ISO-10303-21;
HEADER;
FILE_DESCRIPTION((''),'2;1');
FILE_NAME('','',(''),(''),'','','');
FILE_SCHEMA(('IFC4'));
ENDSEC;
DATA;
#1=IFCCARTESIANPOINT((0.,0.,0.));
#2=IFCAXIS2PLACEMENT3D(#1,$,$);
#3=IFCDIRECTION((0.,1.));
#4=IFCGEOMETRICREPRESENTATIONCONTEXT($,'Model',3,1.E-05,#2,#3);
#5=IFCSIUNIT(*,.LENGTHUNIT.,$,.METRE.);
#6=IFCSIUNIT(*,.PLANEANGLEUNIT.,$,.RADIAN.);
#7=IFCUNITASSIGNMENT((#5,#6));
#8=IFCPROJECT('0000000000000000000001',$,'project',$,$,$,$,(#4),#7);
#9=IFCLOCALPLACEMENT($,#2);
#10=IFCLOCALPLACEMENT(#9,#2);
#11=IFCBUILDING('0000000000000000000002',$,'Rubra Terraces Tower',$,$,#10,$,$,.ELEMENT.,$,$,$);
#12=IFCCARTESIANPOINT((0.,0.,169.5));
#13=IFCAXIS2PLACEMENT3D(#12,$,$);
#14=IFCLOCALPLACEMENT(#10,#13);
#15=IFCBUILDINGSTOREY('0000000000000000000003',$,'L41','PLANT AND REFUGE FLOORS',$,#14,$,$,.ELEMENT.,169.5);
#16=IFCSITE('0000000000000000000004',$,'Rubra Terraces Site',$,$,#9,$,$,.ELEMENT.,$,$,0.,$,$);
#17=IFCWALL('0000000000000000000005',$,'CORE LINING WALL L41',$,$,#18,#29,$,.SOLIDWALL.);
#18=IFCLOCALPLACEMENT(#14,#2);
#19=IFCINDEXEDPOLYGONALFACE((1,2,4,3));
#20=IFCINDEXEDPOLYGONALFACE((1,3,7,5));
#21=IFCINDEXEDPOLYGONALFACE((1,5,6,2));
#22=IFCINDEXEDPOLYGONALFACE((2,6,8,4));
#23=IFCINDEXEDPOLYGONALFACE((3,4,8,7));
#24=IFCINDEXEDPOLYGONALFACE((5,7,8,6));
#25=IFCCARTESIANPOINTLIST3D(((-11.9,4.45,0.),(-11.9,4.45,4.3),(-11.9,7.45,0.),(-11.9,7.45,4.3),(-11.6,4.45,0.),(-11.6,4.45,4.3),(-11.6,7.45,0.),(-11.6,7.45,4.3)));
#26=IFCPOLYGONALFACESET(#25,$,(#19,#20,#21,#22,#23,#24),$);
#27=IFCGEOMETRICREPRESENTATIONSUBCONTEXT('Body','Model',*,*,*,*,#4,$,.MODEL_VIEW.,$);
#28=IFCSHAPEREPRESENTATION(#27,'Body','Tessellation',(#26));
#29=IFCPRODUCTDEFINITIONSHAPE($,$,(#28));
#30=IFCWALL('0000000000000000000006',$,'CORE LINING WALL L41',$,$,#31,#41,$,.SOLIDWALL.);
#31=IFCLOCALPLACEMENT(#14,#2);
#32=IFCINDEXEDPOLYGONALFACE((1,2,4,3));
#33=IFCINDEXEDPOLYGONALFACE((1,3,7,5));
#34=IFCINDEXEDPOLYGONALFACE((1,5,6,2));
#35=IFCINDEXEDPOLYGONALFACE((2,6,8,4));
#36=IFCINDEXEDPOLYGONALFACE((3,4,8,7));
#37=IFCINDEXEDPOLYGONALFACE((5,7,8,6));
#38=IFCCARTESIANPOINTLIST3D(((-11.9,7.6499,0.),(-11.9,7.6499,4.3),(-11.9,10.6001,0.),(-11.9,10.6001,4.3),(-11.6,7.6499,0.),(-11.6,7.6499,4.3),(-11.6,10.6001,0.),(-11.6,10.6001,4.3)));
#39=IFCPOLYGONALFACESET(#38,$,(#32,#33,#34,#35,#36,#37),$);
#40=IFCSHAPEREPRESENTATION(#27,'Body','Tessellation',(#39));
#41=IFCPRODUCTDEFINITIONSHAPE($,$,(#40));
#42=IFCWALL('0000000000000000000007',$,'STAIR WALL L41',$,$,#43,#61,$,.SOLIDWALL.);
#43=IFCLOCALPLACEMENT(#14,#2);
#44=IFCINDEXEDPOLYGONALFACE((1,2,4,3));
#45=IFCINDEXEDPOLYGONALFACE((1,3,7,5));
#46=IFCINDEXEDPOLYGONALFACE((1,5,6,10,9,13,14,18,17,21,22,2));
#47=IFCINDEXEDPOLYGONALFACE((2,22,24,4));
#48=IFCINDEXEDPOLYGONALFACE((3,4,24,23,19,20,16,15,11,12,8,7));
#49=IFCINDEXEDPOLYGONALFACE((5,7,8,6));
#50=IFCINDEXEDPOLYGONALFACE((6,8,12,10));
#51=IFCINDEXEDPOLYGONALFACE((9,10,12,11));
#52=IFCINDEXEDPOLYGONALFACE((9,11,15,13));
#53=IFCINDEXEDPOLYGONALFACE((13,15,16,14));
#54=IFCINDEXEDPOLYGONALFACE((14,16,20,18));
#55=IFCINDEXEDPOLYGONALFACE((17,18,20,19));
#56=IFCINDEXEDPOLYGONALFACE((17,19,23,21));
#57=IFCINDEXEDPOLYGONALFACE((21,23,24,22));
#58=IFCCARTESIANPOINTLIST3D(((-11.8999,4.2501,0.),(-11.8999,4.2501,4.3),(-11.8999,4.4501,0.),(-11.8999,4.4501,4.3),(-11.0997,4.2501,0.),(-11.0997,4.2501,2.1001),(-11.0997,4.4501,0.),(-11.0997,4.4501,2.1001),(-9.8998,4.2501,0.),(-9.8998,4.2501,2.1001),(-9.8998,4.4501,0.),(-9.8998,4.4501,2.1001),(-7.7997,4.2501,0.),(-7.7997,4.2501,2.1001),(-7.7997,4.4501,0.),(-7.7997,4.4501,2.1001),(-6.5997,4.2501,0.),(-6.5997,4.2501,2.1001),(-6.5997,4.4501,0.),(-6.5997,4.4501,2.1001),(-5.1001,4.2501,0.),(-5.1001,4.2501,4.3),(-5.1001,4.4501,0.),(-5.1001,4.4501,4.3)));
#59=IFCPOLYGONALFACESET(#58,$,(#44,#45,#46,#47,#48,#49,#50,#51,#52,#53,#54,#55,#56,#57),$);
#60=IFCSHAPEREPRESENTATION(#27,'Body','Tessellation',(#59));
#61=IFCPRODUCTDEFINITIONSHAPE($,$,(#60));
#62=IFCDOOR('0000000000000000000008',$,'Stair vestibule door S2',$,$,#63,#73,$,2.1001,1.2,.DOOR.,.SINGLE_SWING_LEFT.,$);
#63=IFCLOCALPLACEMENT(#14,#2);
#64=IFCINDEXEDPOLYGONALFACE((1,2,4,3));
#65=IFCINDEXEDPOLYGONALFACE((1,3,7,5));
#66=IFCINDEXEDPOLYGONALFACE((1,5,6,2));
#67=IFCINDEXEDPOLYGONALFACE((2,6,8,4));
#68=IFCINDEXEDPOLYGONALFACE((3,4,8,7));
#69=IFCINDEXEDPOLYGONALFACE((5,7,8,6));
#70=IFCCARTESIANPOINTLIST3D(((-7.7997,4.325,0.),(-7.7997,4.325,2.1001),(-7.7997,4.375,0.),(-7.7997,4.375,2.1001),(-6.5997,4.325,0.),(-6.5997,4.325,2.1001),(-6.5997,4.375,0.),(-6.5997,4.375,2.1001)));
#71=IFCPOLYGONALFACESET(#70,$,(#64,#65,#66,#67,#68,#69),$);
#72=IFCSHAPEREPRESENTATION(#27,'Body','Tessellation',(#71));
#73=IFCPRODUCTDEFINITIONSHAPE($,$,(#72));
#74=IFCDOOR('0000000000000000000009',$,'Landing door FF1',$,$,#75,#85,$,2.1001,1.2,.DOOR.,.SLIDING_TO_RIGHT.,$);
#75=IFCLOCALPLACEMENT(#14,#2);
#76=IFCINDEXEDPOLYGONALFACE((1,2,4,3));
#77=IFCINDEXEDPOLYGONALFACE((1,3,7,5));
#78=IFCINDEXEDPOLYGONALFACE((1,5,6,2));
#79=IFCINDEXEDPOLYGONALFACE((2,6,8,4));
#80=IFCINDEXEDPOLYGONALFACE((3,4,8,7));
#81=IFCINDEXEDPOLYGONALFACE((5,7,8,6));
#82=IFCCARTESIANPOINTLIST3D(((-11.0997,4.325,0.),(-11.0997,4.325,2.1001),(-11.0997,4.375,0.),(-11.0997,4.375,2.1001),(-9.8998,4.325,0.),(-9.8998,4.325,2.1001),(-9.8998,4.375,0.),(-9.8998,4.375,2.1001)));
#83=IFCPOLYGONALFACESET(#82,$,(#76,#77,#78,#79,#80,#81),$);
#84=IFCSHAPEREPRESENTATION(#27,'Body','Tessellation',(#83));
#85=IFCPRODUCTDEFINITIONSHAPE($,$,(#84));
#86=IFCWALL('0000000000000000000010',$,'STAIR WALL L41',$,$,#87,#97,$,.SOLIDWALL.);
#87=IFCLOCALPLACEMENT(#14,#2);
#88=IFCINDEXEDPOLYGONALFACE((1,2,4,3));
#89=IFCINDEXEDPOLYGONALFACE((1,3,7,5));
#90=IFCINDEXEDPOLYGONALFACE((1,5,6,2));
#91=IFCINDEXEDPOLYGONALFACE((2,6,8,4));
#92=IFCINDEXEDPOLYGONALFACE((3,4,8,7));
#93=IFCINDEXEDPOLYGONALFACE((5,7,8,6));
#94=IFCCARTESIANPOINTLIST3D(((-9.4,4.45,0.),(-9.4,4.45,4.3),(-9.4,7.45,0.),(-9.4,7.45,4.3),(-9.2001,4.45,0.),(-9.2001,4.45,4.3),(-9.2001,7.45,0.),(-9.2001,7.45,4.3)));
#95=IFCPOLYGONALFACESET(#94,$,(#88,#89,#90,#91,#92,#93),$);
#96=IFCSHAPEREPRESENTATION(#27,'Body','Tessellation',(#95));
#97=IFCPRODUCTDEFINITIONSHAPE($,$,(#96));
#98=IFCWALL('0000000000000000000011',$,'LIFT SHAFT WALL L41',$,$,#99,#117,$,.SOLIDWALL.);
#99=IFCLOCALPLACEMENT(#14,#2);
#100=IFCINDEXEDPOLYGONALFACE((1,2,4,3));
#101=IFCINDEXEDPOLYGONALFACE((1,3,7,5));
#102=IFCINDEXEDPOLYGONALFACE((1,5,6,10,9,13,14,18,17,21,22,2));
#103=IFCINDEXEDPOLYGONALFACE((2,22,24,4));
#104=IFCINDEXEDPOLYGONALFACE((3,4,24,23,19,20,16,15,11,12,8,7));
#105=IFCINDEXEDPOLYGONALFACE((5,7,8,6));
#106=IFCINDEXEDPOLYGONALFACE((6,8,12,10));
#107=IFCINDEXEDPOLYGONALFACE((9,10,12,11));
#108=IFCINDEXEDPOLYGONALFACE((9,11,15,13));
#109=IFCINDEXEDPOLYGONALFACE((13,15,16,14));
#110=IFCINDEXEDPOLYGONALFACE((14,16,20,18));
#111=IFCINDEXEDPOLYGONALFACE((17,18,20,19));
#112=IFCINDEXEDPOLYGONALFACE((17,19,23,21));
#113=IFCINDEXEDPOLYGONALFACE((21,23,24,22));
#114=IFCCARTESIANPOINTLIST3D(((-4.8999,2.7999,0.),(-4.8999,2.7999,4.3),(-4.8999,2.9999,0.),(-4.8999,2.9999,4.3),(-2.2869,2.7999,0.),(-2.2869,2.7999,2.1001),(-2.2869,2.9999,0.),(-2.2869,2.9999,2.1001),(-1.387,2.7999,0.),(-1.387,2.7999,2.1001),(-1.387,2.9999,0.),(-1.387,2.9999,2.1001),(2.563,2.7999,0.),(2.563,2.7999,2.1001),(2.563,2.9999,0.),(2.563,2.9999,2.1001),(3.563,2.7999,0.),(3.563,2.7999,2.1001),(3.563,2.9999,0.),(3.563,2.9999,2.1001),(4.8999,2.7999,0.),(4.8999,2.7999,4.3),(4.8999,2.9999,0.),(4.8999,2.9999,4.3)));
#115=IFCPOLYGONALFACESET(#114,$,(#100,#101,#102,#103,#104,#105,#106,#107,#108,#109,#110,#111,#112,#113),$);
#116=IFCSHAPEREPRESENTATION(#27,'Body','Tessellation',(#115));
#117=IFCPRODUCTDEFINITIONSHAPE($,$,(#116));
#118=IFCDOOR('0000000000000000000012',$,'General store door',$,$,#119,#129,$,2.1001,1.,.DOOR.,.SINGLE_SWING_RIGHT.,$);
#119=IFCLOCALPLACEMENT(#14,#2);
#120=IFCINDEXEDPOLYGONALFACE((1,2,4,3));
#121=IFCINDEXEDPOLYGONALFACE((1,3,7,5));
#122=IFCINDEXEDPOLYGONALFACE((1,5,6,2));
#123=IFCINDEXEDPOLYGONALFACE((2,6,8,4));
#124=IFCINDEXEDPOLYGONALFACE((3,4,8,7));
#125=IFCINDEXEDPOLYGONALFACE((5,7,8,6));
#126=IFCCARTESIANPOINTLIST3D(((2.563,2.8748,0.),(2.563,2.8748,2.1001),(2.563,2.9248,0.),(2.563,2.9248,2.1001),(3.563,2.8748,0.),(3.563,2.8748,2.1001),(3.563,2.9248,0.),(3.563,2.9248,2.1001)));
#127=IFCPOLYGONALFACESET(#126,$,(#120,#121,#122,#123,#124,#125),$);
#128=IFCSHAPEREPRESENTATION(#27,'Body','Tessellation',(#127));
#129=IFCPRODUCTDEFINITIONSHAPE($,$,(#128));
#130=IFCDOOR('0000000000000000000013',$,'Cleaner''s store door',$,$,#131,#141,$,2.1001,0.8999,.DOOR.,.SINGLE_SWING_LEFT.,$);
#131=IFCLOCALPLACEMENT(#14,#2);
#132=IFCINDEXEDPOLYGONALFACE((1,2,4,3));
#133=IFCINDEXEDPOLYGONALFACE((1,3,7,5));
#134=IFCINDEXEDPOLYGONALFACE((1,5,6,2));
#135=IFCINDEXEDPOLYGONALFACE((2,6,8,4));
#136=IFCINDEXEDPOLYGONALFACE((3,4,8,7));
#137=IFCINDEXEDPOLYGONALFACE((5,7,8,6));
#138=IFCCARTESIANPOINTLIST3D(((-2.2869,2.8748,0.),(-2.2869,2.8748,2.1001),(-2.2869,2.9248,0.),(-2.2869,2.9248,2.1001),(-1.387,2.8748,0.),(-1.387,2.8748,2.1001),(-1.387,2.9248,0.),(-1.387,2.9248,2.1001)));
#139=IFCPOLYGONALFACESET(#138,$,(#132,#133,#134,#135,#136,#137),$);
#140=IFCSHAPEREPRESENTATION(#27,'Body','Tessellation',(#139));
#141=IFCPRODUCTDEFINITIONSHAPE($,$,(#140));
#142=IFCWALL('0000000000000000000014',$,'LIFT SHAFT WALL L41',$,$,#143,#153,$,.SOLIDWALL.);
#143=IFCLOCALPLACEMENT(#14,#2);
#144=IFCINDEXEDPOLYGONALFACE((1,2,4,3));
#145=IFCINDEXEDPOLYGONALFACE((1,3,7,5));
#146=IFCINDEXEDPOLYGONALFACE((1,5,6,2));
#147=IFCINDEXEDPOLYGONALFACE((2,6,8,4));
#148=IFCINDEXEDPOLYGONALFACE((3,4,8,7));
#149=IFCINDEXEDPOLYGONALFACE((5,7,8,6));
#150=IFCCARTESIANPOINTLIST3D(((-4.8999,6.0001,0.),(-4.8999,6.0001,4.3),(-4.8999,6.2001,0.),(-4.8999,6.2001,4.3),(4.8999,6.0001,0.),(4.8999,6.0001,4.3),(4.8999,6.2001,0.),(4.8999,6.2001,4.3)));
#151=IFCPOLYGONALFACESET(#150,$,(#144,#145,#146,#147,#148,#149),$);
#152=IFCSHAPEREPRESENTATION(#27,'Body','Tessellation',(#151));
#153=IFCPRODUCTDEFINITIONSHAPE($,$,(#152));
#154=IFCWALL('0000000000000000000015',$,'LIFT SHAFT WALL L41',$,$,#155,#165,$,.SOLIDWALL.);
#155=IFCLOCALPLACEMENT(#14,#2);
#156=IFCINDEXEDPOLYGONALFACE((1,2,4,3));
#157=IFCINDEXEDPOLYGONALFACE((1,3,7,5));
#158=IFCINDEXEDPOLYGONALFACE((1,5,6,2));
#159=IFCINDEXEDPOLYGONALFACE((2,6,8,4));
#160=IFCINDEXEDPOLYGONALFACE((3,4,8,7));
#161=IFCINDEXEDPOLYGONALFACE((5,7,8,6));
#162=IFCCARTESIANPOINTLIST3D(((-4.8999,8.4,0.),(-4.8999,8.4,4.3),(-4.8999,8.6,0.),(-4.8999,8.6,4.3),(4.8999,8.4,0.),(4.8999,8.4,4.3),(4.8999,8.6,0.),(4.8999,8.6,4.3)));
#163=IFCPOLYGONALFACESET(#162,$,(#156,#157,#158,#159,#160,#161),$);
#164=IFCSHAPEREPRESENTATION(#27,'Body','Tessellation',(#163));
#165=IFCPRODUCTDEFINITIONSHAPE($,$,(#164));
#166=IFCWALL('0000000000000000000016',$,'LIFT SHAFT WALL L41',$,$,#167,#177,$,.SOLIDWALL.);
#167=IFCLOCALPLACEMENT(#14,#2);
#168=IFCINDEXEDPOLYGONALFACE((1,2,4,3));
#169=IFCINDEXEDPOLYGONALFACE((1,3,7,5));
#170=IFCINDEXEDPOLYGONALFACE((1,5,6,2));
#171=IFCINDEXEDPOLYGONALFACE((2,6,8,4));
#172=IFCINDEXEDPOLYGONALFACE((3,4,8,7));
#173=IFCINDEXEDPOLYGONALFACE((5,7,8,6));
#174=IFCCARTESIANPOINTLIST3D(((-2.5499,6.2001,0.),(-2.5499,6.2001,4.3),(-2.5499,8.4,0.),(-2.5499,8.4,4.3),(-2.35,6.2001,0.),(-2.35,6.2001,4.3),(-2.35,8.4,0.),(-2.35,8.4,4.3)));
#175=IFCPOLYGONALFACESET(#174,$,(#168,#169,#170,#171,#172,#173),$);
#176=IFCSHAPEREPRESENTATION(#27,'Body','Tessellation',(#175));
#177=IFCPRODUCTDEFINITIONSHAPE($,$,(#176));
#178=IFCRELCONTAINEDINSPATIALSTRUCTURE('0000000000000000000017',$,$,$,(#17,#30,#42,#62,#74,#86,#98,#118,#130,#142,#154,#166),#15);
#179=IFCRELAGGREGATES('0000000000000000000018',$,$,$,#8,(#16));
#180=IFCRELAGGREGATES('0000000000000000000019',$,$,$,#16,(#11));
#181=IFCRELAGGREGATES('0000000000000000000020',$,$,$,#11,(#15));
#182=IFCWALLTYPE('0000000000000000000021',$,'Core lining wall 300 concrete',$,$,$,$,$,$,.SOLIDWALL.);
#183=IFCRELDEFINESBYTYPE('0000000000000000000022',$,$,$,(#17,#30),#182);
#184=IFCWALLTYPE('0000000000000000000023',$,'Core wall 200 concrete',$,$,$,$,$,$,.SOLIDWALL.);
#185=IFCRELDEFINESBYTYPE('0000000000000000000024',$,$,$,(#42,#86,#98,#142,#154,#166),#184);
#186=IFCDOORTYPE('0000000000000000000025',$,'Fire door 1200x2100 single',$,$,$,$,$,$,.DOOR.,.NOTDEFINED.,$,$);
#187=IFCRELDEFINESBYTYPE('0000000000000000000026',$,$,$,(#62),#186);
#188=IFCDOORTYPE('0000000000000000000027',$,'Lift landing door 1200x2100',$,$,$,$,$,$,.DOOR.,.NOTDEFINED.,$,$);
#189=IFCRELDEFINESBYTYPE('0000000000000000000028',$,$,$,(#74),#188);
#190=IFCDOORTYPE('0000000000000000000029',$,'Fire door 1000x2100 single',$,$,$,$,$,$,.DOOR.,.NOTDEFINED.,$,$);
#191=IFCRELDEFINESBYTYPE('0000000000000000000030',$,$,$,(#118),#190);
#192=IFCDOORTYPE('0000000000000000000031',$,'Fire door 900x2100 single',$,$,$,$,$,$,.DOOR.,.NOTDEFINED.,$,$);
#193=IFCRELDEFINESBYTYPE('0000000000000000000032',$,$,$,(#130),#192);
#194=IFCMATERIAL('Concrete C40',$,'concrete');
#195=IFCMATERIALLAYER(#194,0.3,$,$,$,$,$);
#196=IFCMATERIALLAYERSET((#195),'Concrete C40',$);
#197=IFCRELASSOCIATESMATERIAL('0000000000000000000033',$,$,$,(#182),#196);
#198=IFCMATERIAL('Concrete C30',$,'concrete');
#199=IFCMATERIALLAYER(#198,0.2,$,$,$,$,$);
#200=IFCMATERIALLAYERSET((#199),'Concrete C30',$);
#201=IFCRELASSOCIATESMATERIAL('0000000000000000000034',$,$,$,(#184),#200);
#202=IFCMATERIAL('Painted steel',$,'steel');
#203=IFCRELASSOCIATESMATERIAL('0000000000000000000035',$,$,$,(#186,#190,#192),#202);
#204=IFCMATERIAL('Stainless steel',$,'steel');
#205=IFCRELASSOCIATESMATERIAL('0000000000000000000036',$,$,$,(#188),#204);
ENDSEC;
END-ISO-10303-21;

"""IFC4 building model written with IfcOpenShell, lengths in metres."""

from ifc_helpers import new_model, si_unit, direction, frame, frame_2d, origin, place, context, subcontext, project, spatial, rectangle, extrude, material, layer, layer_set, type_object, element, fill, save


model = new_model("IFC4")

# Units and contexts
model_context = context("Model", 3, precision=1e-05, world=origin(), true_north=direction((0.0, 1.0)))
body_context = subcontext(model_context, "Body", "Model", "MODEL_VIEW")
ifc_project = project(units=[si_unit("LENGTHUNIT", "METRE"), si_unit("PLANEANGLEUNIT", "RADIAN")], contexts=[model_context])

# Site, building, storey
site_placement = place(None, origin())
site = spatial("IfcSite", under=ifc_project, at=site_placement, Name="Rubra Terraces Site", CompositionType="ELEMENT", RefElevation=0.0)
building_placement = place(site_placement, origin())
building = spatial("IfcBuilding", under=site, at=building_placement, Name="Rubra Terraces Tower", CompositionType="ELEMENT")
storey_placement = place(building_placement, frame((0.0, 0.0, 169.5)))
storey = spatial("IfcBuildingStorey", under=building, at=storey_placement, Name="L41", Description="PLANT AND REFUGE FLOORS", CompositionType="ELEMENT", Elevation=169.5)

# Walls
ifc_material_1 = material(Name="Concrete C40", Category="concrete")
ifc_layer_1 = layer(ifc_material_1, 0.3)
ifc_layer_set_1 = layer_set([ifc_layer_1], Name="Concrete C40")
wall_type_1 = type_object("IfcWallType", Name="Core lining wall 300 concrete", PredefinedType="SOLIDWALL", material=ifc_layer_set_1)
wall_1_placement = place(storey_placement, frame((-11.75, 4.45, 0.0), z_axis=(0.0, 0.0, 1.0), x_axis=(0.0, 1.0, 0.0)))
element("IfcWall", 1, at=wall_1_placement, inside=storey, type_object=wall_type_1, Name="CORE LINING WALL L41", PredefinedType="SOLIDWALL", context=body_context, shape_type="SweptSolid", body=[
    extrude(rectangle(XDim=3.0, YDim=0.3, at=frame_2d((1.5, 0.0))), origin(), (0.0, 0.0, 1.0), 4.3),
])
wall_2_placement = place(storey_placement, frame((-11.75, 7.6499, 0.0), z_axis=(0.0, 0.0, 1.0), x_axis=(0.0, 1.0, 0.0)))
element("IfcWall", 2, at=wall_2_placement, inside=storey, type_object=wall_type_1, Name="CORE LINING WALL L41", PredefinedType="SOLIDWALL", context=body_context, shape_type="SweptSolid", body=[
    extrude(rectangle(XDim=2.9502, YDim=0.3, at=frame_2d((1.4751, 0.0))), origin(), (0.0, 0.0, 1.0), 4.3),
])

# Wall, openings, doors
ifc_material_2 = material(Name="Concrete C30", Category="concrete")
ifc_layer_2 = layer(ifc_material_2, 0.2)
ifc_layer_set_2 = layer_set([ifc_layer_2], Name="Concrete C30")
wall_type_2 = type_object("IfcWallType", Name="Core wall 200 concrete", PredefinedType="SOLIDWALL", material=ifc_layer_set_2)
wall_3_placement = place(storey_placement, frame((-11.8999, 4.3501, 0.0), z_axis=(0.0, 0.0, 1.0), x_axis=(1.0, 0.0, 0.0)))
wall_3 = element("IfcWall", 3, at=wall_3_placement, inside=storey, type_object=wall_type_2, Name="STAIR WALL L41", PredefinedType="SOLIDWALL", context=body_context, shape_type="SweptSolid", body=[
    extrude(rectangle(XDim=6.7998, YDim=0.2, at=frame_2d((3.3999, 0.0))), origin(), (0.0, 0.0, 1.0), 4.3),
])
opening_1_placement = place(wall_3_placement, frame((4.1001, 0.0, 0.0)))
opening_1 = element("IfcOpeningElement", 4, at=opening_1_placement, cuts=wall_3, PredefinedType="OPENING", context=body_context, shape_type="SweptSolid", body=[
    extrude(rectangle(XDim=1.2, YDim=2.1001, at=frame_2d((0.6001, 1.05))), frame((0.0, 0.1099, 0.0), z_axis=(0.0, -1.0, 0.0), x_axis=(1.0, 0.0, 0.0)), (0.0, 0.0, 1.0), 0.22),
])
opening_2_placement = place(wall_3_placement, frame((0.8, 0.0, 0.0)))
opening_2 = element("IfcOpeningElement", 5, at=opening_2_placement, cuts=wall_3, PredefinedType="OPENING", context=body_context, shape_type="SweptSolid", body=[
    extrude(rectangle(XDim=1.2, YDim=2.1001, at=frame_2d((0.6001, 1.05))), frame((0.0, 0.1099, 0.0), z_axis=(0.0, -1.0, 0.0), x_axis=(1.0, 0.0, 0.0)), (0.0, 0.0, 1.0), 0.22),
])
ifc_material_3 = material(Name="Painted steel", Category="steel")
door_type_1 = type_object("IfcDoorType", Name="Fire door 1200x2100 single", OperationType="NOTDEFINED", PredefinedType="DOOR", material=ifc_material_3)
door_1_placement = place(opening_1_placement, origin())
door_1 = element("IfcDoor", 6, at=door_1_placement, inside=storey, type_object=door_type_1, Name="Stair vestibule door S2", OperationType="SINGLE_SWING_LEFT", OverallHeight=2.1001, OverallWidth=1.2, PredefinedType="DOOR", context=body_context, shape_type="SweptSolid", body=[
    extrude(rectangle(XDim=1.2, YDim=2.1001, at=frame_2d((0.6001, 1.05))), frame((0.0, 0.0249, 0.0), z_axis=(0.0, -1.0, 0.0), x_axis=(1.0, 0.0, 0.0)), (0.0, 0.0, 1.0), 0.05),
])
fill(opening_1, door_1)
ifc_material_4 = material(Name="Stainless steel", Category="steel")
door_type_2 = type_object("IfcDoorType", Name="Lift landing door 1200x2100", OperationType="NOTDEFINED", PredefinedType="DOOR", material=ifc_material_4)
door_2_placement = place(opening_2_placement, origin())
door_2 = element("IfcDoor", 7, at=door_2_placement, inside=storey, type_object=door_type_2, Name="Landing door FF1", OperationType="SLIDING_TO_RIGHT", OverallHeight=2.1001, OverallWidth=1.2, PredefinedType="DOOR", context=body_context, shape_type="SweptSolid", body=[
    extrude(rectangle(XDim=1.2, YDim=2.1001, at=frame_2d((0.6001, 1.05))), frame((0.0, 0.0249, 0.0), z_axis=(0.0, -1.0, 0.0), x_axis=(1.0, 0.0, 0.0)), (0.0, 0.0, 1.0), 0.05),
])
fill(opening_2, door_2)

# Wall
wall_4_placement = place(storey_placement, frame((-9.3, 4.45, 0.0), z_axis=(0.0, 0.0, 1.0), x_axis=(0.0, 1.0, 0.0)))
element("IfcWall", 8, at=wall_4_placement, inside=storey, type_object=wall_type_2, Name="STAIR WALL L41", PredefinedType="SOLIDWALL", context=body_context, shape_type="SweptSolid", body=[
    extrude(rectangle(XDim=3.0, YDim=0.2, at=frame_2d((1.5, 0.0))), origin(), (0.0, 0.0, 1.0), 4.3),
])

# Wall, openings, doors
wall_5_placement = place(storey_placement, frame((-4.8999, 2.8999, 0.0), z_axis=(0.0, 0.0, 1.0), x_axis=(1.0, 0.0, 0.0)))
wall_5 = element("IfcWall", 9, at=wall_5_placement, inside=storey, type_object=wall_type_2, Name="LIFT SHAFT WALL L41", PredefinedType="SOLIDWALL", context=body_context, shape_type="SweptSolid", body=[
    extrude(rectangle(XDim=9.7998, YDim=0.2, at=frame_2d((4.8999, 0.0))), origin(), (0.0, 0.0, 1.0), 4.3),
])
opening_3_placement = place(wall_5_placement, frame((2.613, 0.0, 0.0)))
opening_3 = element("IfcOpeningElement", 10, at=opening_3_placement, cuts=wall_5, PredefinedType="OPENING", context=body_context, shape_type="SweptSolid", body=[
    extrude(rectangle(XDim=0.8999, YDim=2.1001, at=frame_2d((0.45, 1.05))), frame((0.0, 0.1099, 0.0), z_axis=(0.0, -1.0, 0.0), x_axis=(1.0, 0.0, 0.0)), (0.0, 0.0, 1.0), 0.22),
])
opening_4_placement = place(wall_5_placement, frame((7.4629, 0.0, 0.0)))
opening_4 = element("IfcOpeningElement", 11, at=opening_4_placement, cuts=wall_5, PredefinedType="OPENING", context=body_context, shape_type="SweptSolid", body=[
    extrude(rectangle(XDim=1.0, YDim=2.1001, at=frame_2d((0.5, 1.05))), frame((0.0, 0.1099, 0.0), z_axis=(0.0, -1.0, 0.0), x_axis=(1.0, 0.0, 0.0)), (0.0, 0.0, 1.0), 0.22),
])
door_type_3 = type_object("IfcDoorType", Name="Fire door 1000x2100 single", OperationType="NOTDEFINED", PredefinedType="DOOR", material=ifc_material_3)
door_3_placement = place(opening_4_placement, origin())
door_3 = element("IfcDoor", 12, at=door_3_placement, inside=storey, type_object=door_type_3, Name="General store door", OperationType="SINGLE_SWING_RIGHT", OverallHeight=2.1001, OverallWidth=1.0, PredefinedType="DOOR", context=body_context, shape_type="SweptSolid", body=[
    extrude(rectangle(XDim=1.0, YDim=2.1001, at=frame_2d((0.5, 1.05))), frame((0.0, 0.0249, 0.0), z_axis=(0.0, -1.0, 0.0), x_axis=(1.0, 0.0, 0.0)), (0.0, 0.0, 1.0), 0.05),
])
fill(opening_4, door_3)
door_type_4 = type_object("IfcDoorType", Name="Fire door 900x2100 single", OperationType="NOTDEFINED", PredefinedType="DOOR", material=ifc_material_3)
door_4_placement = place(opening_3_placement, origin())
door_4 = element("IfcDoor", 13, at=door_4_placement, inside=storey, type_object=door_type_4, Name="Cleaner's store door", OperationType="SINGLE_SWING_LEFT", OverallHeight=2.1001, OverallWidth=0.8999, PredefinedType="DOOR", context=body_context, shape_type="SweptSolid", body=[
    extrude(rectangle(XDim=0.8999, YDim=2.1001, at=frame_2d((0.45, 1.05))), frame((0.0, 0.0249, 0.0), z_axis=(0.0, -1.0, 0.0), x_axis=(1.0, 0.0, 0.0)), (0.0, 0.0, 1.0), 0.05),
])
fill(opening_3, door_4)

# Walls
for number, where, z_axis, x_axis, name in (
    (14, (-4.8999, 6.1001, 0.0), (0.0, 0.0, 1.0), (1.0, 0.0, 0.0), "LIFT SHAFT WALL L41"),
    (15, (-4.8999, 8.5, 0.0), (0.0, 0.0, 1.0), (1.0, 0.0, 0.0), "LIFT SHAFT WALL L41"),
):
    element("IfcWall", number, at=place(storey_placement, frame(where, z_axis=z_axis, x_axis=x_axis)), inside=storey, type_object=wall_type_2, Name=name, PredefinedType="SOLIDWALL", context=body_context, shape_type="SweptSolid", body=[
        extrude(rectangle(XDim=9.7998, YDim=0.2, at=frame_2d((4.8999, 0.0))), origin(), (0.0, 0.0, 1.0), 4.3),
    ])
wall_6_placement = place(storey_placement, frame((-2.45, 6.2, 0.0), z_axis=(0.0, 0.0, 1.0), x_axis=(0.0, 1.0, 0.0)))
element("IfcWall", 16, at=wall_6_placement, inside=storey, type_object=wall_type_2, Name="LIFT SHAFT WALL L41", PredefinedType="SOLIDWALL", context=body_context, shape_type="SweptSolid", body=[
    extrude(rectangle(XDim=2.2, YDim=0.2, at=frame_2d((1.1001, 0.0))), origin(), (0.0, 0.0, 1.0), 4.3),
])

save(model, "model.ifc")
